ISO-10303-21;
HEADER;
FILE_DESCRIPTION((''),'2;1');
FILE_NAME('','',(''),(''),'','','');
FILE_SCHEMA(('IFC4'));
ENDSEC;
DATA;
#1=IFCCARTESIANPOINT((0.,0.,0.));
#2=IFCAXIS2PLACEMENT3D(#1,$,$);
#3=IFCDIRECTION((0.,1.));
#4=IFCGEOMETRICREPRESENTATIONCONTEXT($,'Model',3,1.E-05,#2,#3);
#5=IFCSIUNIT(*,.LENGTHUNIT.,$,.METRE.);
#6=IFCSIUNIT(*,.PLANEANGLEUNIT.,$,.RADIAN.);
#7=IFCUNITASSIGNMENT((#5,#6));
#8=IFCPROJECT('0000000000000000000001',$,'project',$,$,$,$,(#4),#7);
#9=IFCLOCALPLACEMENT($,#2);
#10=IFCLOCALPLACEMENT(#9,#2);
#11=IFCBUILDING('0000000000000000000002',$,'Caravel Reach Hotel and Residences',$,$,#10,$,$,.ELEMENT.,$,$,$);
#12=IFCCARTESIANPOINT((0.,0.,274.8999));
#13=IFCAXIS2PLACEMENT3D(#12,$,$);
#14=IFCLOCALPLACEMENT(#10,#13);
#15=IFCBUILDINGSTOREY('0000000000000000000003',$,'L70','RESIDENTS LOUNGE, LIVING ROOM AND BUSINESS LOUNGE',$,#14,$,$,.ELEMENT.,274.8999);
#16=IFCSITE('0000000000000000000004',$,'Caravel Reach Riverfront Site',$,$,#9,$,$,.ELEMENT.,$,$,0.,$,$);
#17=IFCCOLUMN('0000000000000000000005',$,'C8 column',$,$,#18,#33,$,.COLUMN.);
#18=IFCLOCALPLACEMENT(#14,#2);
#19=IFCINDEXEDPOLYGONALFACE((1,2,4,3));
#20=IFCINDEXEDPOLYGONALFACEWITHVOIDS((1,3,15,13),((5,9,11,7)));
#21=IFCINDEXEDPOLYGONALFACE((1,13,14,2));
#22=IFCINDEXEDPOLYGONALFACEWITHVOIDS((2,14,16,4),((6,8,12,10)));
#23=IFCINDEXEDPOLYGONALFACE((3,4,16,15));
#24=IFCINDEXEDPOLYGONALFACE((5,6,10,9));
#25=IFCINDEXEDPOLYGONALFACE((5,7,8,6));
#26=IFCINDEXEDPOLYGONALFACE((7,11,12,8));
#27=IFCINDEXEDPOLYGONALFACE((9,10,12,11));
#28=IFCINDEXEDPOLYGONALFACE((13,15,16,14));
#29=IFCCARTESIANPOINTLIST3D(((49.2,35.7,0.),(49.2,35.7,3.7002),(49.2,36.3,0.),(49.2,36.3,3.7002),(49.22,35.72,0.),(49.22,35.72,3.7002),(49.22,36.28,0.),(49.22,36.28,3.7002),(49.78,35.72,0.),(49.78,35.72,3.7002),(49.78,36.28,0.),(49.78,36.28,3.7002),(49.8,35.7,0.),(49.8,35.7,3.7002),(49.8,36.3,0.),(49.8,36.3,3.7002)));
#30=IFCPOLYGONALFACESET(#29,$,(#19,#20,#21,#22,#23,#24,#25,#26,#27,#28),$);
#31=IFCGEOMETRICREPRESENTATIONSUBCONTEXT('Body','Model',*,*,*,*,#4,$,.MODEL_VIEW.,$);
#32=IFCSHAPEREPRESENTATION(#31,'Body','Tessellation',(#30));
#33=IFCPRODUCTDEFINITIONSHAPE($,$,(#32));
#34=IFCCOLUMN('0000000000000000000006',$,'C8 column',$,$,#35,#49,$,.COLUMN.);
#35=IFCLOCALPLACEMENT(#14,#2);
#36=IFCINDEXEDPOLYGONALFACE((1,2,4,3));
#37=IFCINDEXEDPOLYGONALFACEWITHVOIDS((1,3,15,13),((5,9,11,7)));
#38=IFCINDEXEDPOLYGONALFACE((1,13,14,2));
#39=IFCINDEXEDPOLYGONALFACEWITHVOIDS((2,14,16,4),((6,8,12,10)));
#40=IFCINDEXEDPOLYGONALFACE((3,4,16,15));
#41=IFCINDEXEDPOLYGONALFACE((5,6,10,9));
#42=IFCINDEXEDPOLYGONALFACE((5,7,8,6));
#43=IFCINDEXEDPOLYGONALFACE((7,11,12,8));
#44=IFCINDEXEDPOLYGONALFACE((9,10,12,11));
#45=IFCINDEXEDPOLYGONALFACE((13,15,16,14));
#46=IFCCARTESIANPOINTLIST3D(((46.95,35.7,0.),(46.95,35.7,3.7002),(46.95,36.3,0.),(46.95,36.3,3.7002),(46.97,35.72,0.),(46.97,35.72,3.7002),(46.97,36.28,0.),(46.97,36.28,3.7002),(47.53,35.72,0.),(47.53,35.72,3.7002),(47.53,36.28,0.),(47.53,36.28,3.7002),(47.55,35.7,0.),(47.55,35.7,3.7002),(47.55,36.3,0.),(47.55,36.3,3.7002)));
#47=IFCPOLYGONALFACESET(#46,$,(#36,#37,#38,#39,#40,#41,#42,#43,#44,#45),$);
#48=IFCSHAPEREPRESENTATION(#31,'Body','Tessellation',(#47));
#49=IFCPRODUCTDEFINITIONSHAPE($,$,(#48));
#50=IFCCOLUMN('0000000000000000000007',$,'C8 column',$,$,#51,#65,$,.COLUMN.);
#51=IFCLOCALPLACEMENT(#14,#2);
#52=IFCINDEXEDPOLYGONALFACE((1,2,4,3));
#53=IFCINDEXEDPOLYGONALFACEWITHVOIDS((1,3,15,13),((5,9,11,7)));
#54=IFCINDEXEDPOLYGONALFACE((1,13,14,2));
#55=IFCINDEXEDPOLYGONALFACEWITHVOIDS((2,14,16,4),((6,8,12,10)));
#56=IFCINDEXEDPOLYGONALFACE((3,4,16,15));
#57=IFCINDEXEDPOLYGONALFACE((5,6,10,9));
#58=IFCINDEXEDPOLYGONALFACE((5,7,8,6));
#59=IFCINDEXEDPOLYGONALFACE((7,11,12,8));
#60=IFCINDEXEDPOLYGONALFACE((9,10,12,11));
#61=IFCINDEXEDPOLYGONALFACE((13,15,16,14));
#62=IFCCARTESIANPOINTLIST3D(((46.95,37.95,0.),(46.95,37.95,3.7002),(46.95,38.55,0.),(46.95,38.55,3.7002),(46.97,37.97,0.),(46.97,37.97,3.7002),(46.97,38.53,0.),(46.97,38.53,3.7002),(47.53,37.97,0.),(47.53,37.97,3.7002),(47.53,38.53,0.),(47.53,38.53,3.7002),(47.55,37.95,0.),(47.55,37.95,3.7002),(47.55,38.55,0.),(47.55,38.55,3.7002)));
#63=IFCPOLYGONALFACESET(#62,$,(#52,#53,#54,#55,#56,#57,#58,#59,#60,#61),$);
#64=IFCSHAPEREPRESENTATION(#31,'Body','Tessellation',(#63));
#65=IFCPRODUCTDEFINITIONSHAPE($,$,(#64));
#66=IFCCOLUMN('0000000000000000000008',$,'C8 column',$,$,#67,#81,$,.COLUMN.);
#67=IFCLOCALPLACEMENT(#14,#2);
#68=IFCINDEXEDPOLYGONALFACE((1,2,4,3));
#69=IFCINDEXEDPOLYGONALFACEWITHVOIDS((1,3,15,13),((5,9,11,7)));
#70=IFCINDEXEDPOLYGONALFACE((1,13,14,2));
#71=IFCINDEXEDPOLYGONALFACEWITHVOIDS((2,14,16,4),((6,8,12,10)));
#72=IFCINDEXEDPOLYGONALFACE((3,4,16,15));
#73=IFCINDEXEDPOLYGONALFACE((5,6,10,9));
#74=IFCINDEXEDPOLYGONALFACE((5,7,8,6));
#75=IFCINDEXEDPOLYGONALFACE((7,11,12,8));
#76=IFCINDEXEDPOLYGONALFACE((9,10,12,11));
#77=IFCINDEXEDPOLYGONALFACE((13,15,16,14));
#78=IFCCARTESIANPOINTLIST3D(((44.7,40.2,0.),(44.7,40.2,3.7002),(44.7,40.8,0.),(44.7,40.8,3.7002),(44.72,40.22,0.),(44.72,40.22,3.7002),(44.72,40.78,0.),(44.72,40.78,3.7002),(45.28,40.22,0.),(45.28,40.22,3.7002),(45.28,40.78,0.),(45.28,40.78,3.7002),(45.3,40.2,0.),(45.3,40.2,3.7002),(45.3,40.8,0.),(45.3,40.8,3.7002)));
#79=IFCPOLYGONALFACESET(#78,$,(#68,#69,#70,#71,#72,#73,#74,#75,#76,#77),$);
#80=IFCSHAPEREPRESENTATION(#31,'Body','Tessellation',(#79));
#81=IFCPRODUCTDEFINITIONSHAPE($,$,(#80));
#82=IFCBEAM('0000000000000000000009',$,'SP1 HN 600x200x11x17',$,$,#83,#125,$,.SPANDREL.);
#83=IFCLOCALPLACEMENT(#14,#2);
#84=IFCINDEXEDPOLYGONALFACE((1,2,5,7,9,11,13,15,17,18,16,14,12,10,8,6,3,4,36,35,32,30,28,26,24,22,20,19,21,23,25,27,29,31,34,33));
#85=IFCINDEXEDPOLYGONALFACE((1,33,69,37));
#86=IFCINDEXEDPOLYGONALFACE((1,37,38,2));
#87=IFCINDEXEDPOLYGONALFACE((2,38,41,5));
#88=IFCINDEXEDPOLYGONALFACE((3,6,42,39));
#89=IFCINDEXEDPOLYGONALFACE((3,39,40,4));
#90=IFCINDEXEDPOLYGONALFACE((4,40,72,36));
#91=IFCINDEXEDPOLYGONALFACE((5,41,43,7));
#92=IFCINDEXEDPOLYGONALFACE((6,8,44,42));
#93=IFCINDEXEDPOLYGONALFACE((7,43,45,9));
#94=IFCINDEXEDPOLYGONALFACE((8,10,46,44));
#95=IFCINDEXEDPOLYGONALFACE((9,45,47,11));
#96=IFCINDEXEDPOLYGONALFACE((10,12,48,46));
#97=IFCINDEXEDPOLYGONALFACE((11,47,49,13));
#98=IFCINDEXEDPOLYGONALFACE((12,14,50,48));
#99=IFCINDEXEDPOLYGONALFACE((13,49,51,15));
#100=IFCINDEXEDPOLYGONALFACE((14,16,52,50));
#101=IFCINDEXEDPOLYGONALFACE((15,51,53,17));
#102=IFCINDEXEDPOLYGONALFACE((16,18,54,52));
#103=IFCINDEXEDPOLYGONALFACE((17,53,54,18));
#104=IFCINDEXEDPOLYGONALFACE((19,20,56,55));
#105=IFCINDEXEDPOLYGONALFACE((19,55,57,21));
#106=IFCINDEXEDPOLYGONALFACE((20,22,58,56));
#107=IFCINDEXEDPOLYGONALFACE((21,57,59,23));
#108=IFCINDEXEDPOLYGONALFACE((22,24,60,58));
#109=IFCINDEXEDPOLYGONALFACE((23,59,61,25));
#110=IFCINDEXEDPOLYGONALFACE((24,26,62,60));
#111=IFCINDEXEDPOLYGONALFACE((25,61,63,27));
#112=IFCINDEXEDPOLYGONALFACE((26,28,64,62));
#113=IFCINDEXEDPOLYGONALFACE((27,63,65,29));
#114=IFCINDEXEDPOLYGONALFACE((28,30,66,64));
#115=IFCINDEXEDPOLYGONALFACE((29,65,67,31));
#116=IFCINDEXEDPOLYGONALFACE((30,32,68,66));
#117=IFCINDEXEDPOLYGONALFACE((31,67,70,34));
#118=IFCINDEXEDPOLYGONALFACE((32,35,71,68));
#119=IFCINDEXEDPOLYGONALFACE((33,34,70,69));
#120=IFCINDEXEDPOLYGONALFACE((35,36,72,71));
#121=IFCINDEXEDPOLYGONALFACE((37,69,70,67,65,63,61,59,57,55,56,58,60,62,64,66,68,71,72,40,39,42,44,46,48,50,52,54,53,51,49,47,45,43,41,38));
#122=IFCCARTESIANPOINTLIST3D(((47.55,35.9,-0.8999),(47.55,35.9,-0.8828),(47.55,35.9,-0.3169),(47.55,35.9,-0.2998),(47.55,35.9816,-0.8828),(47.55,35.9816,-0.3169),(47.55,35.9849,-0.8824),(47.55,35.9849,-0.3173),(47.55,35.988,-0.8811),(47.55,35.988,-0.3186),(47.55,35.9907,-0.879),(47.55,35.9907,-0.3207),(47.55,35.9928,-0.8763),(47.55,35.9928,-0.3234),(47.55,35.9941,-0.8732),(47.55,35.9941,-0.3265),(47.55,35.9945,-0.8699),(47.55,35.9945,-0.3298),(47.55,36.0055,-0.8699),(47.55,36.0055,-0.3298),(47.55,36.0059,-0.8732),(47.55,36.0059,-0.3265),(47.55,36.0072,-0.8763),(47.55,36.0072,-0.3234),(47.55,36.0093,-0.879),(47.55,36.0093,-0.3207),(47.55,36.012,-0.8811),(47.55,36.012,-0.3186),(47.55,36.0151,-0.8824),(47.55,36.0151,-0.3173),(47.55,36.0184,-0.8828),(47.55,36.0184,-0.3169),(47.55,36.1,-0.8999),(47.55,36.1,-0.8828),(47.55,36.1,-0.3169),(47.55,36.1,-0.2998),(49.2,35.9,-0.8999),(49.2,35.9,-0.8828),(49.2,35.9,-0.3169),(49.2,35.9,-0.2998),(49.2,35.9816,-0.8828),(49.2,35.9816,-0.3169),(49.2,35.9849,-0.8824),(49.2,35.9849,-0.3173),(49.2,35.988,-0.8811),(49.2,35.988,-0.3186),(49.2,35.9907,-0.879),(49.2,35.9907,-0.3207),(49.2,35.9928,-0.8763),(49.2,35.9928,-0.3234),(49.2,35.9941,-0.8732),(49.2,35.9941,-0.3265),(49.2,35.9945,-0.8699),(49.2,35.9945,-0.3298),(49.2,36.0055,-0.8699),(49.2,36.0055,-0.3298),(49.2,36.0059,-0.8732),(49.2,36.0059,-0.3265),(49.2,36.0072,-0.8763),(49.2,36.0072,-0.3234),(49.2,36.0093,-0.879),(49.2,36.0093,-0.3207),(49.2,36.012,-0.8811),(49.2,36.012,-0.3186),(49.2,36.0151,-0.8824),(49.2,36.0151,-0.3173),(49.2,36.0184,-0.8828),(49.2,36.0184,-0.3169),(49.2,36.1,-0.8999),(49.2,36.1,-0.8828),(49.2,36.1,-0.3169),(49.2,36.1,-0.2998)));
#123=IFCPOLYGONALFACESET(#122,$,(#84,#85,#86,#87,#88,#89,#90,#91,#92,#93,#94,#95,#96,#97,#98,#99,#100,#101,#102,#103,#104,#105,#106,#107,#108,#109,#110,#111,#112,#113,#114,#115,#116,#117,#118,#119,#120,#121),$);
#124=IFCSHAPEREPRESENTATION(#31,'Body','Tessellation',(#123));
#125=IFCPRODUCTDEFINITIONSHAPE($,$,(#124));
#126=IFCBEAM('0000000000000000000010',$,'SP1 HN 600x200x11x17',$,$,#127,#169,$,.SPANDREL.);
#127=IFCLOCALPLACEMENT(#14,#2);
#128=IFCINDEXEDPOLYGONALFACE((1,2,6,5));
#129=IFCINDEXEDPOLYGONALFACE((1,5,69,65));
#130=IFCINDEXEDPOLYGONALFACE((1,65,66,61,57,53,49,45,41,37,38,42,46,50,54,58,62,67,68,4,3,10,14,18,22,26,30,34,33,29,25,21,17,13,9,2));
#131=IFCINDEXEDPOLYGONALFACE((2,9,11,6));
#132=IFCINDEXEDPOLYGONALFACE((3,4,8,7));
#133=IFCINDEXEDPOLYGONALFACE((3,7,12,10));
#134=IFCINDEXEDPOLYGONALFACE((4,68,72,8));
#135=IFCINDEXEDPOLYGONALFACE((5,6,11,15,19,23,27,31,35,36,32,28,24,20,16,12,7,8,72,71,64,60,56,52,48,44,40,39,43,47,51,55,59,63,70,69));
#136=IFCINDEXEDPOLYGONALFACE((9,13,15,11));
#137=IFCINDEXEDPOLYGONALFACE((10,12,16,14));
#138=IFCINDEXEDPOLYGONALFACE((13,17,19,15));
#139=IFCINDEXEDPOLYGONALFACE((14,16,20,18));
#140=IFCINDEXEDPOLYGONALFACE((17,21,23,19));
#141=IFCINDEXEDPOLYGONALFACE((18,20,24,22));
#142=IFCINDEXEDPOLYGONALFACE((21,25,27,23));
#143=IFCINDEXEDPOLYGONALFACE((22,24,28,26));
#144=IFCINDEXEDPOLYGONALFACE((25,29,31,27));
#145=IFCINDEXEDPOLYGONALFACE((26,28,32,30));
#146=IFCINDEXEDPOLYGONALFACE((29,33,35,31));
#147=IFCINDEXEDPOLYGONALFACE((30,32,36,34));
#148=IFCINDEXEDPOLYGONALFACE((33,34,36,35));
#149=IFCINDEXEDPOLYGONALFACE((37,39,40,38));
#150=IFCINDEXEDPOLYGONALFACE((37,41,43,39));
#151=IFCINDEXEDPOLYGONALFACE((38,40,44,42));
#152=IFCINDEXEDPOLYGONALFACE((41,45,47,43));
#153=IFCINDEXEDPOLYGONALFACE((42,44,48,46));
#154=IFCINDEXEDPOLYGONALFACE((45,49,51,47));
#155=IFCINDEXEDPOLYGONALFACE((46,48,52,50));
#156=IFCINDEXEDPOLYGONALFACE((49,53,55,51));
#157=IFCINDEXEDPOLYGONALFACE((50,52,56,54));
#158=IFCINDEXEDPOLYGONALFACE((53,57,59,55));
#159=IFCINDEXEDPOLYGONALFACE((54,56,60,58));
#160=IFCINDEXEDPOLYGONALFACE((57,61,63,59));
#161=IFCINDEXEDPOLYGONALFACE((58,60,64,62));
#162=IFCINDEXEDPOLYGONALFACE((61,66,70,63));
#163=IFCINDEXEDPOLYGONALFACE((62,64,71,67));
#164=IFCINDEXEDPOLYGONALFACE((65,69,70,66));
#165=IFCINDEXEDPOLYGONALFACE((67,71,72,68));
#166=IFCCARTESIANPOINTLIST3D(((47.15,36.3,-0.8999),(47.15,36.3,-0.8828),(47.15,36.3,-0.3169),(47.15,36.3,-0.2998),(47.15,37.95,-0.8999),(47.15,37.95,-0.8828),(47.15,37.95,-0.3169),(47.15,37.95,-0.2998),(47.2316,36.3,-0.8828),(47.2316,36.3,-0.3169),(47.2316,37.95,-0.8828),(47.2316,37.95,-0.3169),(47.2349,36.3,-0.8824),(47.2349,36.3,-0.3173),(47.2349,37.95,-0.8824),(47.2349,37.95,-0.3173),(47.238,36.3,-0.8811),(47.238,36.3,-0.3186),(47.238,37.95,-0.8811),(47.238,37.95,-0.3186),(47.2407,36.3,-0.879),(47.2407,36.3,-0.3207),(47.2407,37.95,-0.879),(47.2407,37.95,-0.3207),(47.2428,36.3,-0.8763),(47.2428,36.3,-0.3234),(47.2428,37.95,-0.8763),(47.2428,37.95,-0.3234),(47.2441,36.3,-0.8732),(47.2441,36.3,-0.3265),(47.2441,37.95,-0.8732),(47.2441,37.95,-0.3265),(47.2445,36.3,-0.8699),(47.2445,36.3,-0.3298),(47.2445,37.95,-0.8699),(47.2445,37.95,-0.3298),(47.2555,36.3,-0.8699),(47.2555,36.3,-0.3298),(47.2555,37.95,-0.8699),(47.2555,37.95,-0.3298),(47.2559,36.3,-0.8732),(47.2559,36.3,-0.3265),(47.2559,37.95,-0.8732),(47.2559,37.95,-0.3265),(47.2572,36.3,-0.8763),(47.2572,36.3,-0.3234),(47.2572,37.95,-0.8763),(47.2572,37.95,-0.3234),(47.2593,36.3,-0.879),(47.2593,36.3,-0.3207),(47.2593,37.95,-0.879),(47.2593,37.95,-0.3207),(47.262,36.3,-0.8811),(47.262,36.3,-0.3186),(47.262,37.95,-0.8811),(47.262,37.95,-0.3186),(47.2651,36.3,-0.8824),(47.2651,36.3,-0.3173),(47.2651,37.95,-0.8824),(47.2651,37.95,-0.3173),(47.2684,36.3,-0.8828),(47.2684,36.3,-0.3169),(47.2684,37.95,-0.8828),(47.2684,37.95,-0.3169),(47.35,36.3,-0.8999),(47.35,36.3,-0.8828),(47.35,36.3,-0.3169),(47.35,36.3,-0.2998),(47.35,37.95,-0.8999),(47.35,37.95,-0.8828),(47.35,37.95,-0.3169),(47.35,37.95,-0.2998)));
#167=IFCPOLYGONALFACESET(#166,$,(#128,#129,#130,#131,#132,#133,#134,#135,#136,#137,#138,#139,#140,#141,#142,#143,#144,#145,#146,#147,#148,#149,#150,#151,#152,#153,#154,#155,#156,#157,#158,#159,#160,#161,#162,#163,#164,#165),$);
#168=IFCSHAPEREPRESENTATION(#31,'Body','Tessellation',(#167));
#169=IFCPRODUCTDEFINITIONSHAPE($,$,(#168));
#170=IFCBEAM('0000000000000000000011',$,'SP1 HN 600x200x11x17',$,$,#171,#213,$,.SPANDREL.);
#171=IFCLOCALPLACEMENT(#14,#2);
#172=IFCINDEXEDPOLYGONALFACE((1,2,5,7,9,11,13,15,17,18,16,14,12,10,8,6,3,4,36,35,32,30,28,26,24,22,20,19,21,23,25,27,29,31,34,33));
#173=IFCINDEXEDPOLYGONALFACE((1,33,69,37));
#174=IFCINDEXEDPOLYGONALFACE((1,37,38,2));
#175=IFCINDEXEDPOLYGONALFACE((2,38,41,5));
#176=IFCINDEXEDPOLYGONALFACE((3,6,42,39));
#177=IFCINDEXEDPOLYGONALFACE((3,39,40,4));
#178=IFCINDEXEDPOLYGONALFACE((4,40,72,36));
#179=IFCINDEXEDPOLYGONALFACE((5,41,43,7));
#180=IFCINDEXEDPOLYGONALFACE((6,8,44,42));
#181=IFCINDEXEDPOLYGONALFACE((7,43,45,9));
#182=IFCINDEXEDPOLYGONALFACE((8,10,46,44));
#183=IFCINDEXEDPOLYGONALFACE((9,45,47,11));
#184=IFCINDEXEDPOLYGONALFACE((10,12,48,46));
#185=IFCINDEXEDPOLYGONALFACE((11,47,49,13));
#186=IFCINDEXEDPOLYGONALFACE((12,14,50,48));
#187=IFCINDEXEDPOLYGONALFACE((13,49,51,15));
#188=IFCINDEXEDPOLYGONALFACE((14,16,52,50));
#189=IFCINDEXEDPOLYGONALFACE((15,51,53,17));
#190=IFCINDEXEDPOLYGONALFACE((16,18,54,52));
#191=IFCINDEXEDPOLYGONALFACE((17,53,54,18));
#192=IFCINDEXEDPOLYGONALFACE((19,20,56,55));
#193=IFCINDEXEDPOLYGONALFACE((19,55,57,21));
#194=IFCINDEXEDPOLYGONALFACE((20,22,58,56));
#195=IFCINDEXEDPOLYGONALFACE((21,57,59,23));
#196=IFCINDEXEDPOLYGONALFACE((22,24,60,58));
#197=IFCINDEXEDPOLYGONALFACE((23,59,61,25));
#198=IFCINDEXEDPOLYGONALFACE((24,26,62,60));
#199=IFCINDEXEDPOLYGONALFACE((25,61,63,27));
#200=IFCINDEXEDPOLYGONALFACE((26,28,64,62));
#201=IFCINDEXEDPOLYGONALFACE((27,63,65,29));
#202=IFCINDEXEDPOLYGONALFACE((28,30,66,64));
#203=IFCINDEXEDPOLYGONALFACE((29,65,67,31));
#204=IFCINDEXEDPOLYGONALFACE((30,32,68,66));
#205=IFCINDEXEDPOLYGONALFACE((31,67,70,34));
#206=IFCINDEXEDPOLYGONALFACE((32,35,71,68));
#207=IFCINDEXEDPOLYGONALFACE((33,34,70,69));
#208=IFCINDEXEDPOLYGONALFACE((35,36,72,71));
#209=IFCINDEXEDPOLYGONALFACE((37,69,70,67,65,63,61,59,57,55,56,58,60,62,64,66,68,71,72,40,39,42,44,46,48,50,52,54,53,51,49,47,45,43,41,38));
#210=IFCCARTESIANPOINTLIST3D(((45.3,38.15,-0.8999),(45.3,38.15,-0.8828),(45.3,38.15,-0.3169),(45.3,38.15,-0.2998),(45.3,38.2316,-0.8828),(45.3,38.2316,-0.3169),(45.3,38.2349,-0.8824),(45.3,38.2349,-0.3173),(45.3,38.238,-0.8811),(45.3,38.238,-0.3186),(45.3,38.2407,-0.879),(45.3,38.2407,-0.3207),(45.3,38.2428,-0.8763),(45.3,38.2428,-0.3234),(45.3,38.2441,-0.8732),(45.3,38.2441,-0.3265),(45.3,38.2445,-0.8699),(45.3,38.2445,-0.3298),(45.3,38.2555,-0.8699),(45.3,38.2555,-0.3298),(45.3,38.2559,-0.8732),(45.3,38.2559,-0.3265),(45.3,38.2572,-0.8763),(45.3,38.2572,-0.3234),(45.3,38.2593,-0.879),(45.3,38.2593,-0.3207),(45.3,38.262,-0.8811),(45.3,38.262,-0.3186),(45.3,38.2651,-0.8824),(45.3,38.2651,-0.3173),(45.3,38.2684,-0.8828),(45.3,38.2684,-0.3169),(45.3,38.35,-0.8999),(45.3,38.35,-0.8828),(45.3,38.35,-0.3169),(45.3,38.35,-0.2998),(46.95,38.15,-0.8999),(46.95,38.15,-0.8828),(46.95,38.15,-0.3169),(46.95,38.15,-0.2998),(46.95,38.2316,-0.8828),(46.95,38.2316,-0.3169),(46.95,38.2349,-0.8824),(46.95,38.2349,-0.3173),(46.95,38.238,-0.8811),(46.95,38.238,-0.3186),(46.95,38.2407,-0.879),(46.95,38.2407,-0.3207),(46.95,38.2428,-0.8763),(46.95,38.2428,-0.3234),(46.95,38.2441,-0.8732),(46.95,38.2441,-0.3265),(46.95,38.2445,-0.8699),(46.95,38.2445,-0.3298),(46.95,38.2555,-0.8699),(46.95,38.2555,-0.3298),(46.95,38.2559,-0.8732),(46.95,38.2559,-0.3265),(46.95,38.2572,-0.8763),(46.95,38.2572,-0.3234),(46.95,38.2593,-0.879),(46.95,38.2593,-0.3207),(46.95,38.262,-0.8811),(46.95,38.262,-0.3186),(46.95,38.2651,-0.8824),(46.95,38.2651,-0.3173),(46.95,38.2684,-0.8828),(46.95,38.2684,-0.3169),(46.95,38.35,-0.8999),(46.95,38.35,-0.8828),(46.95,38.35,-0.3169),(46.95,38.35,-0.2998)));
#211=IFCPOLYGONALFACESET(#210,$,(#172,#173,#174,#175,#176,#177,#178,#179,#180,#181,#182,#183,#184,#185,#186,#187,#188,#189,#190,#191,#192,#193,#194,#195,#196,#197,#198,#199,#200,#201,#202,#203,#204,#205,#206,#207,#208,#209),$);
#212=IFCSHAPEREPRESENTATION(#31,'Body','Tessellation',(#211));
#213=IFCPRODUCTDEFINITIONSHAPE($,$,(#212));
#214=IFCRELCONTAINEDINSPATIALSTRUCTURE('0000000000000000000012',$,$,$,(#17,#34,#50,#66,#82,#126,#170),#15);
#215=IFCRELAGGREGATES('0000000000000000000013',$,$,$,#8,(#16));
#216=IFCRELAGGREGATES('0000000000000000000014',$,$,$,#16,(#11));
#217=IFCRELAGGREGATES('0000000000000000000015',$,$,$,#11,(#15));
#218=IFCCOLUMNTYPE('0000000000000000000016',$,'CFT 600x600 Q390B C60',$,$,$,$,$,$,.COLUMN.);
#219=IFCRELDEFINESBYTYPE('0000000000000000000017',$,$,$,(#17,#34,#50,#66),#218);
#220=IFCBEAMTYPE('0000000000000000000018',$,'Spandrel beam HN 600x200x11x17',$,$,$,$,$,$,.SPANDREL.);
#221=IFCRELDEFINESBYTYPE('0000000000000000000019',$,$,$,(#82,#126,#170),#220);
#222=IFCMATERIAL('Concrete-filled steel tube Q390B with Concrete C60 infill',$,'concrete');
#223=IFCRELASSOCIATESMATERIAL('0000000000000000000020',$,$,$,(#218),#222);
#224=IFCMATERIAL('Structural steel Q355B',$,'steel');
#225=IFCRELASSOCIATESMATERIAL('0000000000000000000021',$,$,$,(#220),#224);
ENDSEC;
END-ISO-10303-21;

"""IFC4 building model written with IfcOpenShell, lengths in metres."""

from ifc_helpers import new_model, si_unit, direction, frame, origin, origin_2d, place, context, subcontext, project, spatial, hollow_rectangle, i_section, extrude, material, material_profile, profile_set, type_object, element, save


model = new_model("IFC4")

# Units and contexts
model_context = context("Model", 3, precision=1e-05, world=origin(), true_north=direction((0.0, 1.0)))
body_context = subcontext(model_context, "Body", "Model", "MODEL_VIEW")
ifc_project = project(units=[si_unit("LENGTHUNIT", "METRE"), si_unit("PLANEANGLEUNIT", "RADIAN")], contexts=[model_context])

# Site, building, storey
site_placement = place(None, origin())
site = spatial("IfcSite", under=ifc_project, at=site_placement, Name="Caravel Reach Riverfront Site", CompositionType="ELEMENT", RefElevation=0.0)
building_placement = place(site_placement, origin())
building = spatial("IfcBuilding", under=site, at=building_placement, Name="Caravel Reach Hotel and Residences", CompositionType="ELEMENT")
storey_placement = place(building_placement, frame((0.0, 0.0, 274.8999)))
storey = spatial("IfcBuildingStorey", under=building, at=storey_placement, Name="L70", Description="RESIDENTS LOUNGE, LIVING ROOM AND BUSINESS LOUNGE", CompositionType="ELEMENT", Elevation=274.8999)

# Columns
ifc_material_1 = material(Name="Concrete-filled steel tube Q390B with Concrete C60 infill", Category="concrete")
ifc_material_profile_1 = material_profile(ifc_material_1, hollow_rectangle(XDim=0.6001, YDim=0.6001, WallThickness=0.02, at=origin_2d()), Name="RHS 600x600x20")
ifc_profile_set_1 = profile_set([ifc_material_profile_1], Name="Concrete-filled steel tube Q390B with Concrete C60 infill")
column_type = type_object("IfcColumnType", Name="CFT 600x600 Q390B C60", PredefinedType="COLUMN", material=ifc_profile_set_1)
for number, where, z_axis, x_axis, name in (
    (1, (49.5, 36.0, 0.0), (0.0, 0.0, 1.0), (1.0, 0.0, 0.0), "C8 column"),
    (2, (47.25, 36.0, 0.0), (0.0, 0.0, 1.0), (1.0, 0.0, 0.0), "C8 column"),
    (3, (47.25, 38.25, 0.0), (0.0, 0.0, 1.0), (1.0, 0.0, 0.0), "C8 column"),
    (4, (45.0, 40.5, 0.0), (0.0, 0.0, 1.0), (1.0, 0.0, 0.0), "C8 column"),
):
    element("IfcColumn", number, at=place(storey_placement, frame(where, z_axis=z_axis, x_axis=x_axis)), inside=storey, type_object=column_type, Name=name, PredefinedType="COLUMN", context=body_context, shape_type="SweptSolid", body=[
        extrude(hollow_rectangle(XDim=0.6001, YDim=0.6001, WallThickness=0.02, at=origin_2d()), origin(), (0.0, 0.0, 1.0), 3.7002),
    ])

# Beams
ifc_material_2 = material(Name="Structural steel Q355B", Category="steel")
ifc_material_profile_2 = material_profile(ifc_material_2, i_section(OverallWidth=0.2, OverallDepth=0.6001, WebThickness=0.011, FlangeThickness=0.0171, FilletRadius=0.0129, at=origin_2d()), Name="HN 600x200x11x17")
ifc_profile_set_2 = profile_set([ifc_material_profile_2], Name="Structural steel Q355B")
beam_type = type_object("IfcBeamType", Name="Spandrel beam HN 600x200x11x17", PredefinedType="SPANDREL", material=ifc_profile_set_2)
for number, where, z_axis, x_axis, name in (
    (5, (49.2, 36.0, -0.5999), (-1.0, 0.0, 0.0), (0.0, -1.0, 0.0), "SP1 HN 600x200x11x17"),
    (6, (47.25, 36.3, -0.5999), (0.0, 1.0, 0.0), (-1.0, 0.0, 0.0), "SP1 HN 600x200x11x17"),
    (7, (46.95, 38.25, -0.5999), (-1.0, 0.0, 0.0), (0.0, -1.0, 0.0), "SP1 HN 600x200x11x17"),
):
    element("IfcBeam", number, at=place(storey_placement, frame(where, z_axis=z_axis, x_axis=x_axis)), inside=storey, type_object=beam_type, Name=name, PredefinedType="SPANDREL", context=body_context, shape_type="SweptSolid", body=[
        extrude(i_section(OverallWidth=0.2, OverallDepth=0.6001, WebThickness=0.011, FlangeThickness=0.0171, FilletRadius=0.0129, at=origin_2d()), origin(), (0.0, 0.0, 1.0), 1.6499),
    ])

save(model, "model.ifc")
